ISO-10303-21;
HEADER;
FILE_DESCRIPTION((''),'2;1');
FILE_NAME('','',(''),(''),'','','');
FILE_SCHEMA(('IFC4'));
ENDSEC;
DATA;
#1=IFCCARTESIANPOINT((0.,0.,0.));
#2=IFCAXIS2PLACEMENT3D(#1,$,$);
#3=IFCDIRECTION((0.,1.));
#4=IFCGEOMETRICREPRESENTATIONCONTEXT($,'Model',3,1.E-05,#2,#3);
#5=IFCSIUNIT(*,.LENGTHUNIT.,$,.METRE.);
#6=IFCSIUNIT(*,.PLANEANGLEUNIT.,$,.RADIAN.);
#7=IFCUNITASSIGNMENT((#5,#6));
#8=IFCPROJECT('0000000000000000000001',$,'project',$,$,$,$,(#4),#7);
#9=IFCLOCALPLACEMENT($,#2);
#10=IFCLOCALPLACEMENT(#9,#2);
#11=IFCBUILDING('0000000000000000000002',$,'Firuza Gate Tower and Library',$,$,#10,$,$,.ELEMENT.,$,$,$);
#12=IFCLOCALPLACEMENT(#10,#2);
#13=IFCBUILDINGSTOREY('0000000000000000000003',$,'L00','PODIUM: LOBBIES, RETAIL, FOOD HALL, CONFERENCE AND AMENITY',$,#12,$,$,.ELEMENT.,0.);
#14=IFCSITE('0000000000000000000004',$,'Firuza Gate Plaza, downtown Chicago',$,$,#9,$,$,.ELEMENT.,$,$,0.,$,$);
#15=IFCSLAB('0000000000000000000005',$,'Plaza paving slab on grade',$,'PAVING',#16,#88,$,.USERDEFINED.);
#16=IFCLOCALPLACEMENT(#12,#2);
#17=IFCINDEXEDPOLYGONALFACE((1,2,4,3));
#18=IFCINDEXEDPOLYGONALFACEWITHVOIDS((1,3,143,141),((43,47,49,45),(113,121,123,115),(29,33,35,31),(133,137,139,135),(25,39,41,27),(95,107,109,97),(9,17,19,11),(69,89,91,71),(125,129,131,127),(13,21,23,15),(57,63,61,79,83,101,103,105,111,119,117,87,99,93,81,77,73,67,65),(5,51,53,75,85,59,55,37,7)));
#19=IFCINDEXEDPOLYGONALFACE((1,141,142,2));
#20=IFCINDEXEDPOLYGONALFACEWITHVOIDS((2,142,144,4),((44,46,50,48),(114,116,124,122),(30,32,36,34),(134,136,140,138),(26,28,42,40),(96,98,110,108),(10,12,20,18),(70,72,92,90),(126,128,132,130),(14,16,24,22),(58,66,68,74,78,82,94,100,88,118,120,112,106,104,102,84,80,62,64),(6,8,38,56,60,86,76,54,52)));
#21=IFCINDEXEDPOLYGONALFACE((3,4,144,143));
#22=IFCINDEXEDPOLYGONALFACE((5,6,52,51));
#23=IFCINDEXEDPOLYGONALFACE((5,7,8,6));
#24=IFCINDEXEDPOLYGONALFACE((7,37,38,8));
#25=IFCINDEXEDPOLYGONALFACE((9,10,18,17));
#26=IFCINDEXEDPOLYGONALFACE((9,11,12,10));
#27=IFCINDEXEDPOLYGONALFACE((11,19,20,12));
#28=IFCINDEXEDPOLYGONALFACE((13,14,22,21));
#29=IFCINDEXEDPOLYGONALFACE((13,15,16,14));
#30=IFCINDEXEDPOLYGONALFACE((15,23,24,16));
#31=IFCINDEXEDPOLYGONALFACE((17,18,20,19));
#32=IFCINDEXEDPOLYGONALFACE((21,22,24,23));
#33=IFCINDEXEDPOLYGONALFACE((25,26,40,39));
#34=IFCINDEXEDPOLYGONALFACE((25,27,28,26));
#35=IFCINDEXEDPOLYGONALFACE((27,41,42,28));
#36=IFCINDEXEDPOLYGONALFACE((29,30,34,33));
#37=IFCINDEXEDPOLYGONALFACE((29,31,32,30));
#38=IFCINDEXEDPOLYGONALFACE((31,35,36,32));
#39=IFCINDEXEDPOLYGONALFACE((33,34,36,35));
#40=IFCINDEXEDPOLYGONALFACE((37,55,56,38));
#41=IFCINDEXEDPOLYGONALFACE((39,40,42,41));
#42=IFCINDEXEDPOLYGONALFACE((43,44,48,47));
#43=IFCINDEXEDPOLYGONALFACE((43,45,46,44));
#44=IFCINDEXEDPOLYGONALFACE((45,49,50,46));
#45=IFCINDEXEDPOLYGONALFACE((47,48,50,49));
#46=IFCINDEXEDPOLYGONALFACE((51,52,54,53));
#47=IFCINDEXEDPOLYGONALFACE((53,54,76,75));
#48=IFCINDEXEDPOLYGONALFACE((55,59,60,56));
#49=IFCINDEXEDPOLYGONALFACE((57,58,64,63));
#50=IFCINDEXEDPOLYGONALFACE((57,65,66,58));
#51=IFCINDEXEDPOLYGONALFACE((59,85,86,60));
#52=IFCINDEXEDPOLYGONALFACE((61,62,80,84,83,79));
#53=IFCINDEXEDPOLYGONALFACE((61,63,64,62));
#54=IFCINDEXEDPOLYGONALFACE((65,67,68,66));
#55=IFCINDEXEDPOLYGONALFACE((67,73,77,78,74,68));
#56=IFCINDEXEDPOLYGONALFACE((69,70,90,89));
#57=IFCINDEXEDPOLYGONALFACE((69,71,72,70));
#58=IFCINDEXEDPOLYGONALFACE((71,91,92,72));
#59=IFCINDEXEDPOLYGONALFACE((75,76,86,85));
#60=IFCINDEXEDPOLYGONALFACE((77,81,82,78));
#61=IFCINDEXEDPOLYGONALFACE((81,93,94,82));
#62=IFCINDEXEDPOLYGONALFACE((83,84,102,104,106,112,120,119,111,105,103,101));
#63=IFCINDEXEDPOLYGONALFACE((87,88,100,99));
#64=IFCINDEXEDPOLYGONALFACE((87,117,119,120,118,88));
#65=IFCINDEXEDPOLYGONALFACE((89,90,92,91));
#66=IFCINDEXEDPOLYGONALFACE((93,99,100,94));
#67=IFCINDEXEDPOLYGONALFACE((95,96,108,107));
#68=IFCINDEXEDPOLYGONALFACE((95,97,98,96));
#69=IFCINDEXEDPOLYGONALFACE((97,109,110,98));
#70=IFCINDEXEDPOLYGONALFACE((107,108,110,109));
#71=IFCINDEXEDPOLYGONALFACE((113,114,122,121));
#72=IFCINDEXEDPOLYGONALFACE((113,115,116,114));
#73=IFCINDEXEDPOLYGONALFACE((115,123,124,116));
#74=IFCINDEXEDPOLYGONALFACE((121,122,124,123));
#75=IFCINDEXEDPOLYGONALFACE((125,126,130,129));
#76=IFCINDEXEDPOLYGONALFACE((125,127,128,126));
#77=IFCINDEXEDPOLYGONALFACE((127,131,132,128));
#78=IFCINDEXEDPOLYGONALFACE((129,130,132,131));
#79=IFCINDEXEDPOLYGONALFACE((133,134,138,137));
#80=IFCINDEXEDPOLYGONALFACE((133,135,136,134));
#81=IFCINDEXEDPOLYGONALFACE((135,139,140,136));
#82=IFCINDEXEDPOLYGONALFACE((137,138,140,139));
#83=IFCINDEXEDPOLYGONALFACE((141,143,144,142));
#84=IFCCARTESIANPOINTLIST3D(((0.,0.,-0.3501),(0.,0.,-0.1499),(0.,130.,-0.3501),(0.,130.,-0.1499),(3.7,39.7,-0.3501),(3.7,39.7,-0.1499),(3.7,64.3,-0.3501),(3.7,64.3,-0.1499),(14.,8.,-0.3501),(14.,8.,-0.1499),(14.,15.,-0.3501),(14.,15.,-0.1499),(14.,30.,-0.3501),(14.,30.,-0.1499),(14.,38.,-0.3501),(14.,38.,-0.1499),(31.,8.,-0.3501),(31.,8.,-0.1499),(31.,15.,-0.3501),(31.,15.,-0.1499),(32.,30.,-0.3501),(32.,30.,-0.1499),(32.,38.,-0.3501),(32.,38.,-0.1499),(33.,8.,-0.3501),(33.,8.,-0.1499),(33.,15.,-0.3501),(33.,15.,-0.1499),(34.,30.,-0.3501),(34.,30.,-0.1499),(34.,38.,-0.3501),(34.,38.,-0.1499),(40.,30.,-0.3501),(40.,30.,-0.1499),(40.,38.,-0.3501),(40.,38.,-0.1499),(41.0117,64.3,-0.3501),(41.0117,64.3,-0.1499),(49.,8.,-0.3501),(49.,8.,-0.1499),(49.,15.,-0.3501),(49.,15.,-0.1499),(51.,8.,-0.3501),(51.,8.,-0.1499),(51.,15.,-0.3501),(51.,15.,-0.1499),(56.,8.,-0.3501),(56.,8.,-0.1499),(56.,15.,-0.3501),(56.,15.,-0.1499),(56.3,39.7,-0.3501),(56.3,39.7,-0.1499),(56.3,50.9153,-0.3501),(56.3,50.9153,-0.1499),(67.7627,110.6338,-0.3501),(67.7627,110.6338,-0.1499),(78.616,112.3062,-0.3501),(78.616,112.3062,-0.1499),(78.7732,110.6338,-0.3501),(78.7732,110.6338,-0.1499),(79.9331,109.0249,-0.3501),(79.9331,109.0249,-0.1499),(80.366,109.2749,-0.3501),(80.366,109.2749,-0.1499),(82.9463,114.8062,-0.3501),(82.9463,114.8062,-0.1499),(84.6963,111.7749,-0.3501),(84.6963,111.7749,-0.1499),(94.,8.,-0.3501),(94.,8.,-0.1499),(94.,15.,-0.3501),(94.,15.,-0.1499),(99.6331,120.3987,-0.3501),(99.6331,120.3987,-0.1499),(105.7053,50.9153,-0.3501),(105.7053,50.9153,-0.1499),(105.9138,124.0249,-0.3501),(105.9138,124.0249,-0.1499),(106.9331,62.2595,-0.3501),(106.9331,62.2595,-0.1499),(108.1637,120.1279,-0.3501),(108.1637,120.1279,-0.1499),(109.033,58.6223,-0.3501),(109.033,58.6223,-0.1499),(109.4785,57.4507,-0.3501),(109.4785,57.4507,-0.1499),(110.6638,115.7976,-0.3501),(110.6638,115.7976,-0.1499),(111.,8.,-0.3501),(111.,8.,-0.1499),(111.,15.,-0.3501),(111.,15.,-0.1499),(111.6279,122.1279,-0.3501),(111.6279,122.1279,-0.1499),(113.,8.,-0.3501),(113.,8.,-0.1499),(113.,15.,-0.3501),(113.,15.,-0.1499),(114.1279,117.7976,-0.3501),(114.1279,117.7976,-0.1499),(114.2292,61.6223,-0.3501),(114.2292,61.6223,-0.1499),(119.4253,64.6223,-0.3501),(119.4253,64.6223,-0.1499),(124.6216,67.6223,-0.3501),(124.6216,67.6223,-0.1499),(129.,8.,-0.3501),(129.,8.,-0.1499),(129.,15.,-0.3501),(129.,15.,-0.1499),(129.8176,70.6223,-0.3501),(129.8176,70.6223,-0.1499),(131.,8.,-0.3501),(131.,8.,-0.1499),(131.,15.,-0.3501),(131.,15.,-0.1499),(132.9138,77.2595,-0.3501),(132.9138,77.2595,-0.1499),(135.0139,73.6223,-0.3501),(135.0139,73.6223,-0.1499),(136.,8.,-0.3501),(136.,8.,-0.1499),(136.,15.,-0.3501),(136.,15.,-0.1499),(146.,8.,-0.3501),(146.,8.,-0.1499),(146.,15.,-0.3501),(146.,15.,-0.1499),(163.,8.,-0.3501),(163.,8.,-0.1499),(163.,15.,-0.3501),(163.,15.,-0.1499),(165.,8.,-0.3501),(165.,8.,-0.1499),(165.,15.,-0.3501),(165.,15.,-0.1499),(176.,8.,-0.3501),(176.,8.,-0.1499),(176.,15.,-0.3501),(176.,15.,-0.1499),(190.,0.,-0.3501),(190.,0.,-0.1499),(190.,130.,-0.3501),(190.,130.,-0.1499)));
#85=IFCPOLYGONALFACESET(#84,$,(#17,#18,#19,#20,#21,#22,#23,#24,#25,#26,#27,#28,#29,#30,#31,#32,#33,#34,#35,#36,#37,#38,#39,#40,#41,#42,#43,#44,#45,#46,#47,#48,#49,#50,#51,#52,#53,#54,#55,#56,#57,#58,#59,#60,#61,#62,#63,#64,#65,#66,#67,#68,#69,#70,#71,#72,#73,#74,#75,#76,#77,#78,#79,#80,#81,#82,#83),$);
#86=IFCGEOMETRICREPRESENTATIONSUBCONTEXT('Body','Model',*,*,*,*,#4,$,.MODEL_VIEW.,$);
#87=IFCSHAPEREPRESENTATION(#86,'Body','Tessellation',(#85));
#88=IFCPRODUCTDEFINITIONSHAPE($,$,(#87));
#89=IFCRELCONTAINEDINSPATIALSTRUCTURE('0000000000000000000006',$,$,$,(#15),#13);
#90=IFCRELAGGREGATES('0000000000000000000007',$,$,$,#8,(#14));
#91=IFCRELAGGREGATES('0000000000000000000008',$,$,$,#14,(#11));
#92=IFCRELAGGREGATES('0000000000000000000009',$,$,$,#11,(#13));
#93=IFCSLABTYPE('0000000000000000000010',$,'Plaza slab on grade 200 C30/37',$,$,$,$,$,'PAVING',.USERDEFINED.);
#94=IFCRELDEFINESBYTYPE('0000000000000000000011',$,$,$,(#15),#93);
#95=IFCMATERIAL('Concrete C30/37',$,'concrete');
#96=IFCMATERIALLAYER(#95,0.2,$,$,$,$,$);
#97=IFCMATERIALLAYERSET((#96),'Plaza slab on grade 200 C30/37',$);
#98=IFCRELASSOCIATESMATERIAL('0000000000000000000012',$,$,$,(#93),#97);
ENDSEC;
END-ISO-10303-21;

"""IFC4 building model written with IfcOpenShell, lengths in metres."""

from ifc_helpers import new_model, si_unit, direction, frame, origin, place, context, subcontext, project, spatial, polyline, outline, extrude, material, layer, layer_set, type_object, element, save


model = new_model("IFC4")

# Units and contexts
model_context = context("Model", 3, precision=1e-05, world=origin(), true_north=direction((0.0, 1.0)))
body_context = subcontext(model_context, "Body", "Model", "MODEL_VIEW")
ifc_project = project(units=[si_unit("LENGTHUNIT", "METRE"), si_unit("PLANEANGLEUNIT", "RADIAN")], contexts=[model_context])

# Site, building, storey
site_placement = place(None, origin())
site = spatial("IfcSite", under=ifc_project, at=site_placement, Name="Firuza Gate Plaza, downtown Chicago", CompositionType="ELEMENT", RefElevation=0.0)
building_placement = place(site_placement, origin())
building = spatial("IfcBuilding", under=site, at=building_placement, Name="Firuza Gate Tower and Library", CompositionType="ELEMENT")
storey_placement = place(building_placement, origin())
storey = spatial("IfcBuildingStorey", under=building, at=storey_placement, Name="L00", Description="PODIUM: LOBBIES, RETAIL, FOOD HALL, CONFERENCE AND AMENITY", CompositionType="ELEMENT", Elevation=0.0)

# Slab
ifc_material_1 = material(Name="Concrete C30/37", Category="concrete")
ifc_layer_1 = layer(ifc_material_1, 0.2)
ifc_layer_set_1 = layer_set([ifc_layer_1], Name="Plaza slab on grade 200 C30/37")
slab_type_1 = type_object("IfcSlabType", Name="Plaza slab on grade 200 C30/37", ElementType="PAVING", PredefinedType="USERDEFINED", material=ifc_layer_set_1)
slab_1_placement = place(storey_placement, frame((0.0, 0.0, -0.3501)))
element("IfcSlab", 1, at=slab_1_placement, inside=storey, type_object=slab_type_1, Name="Plaza paving slab on grade", ObjectType="PAVING", PredefinedType="USERDEFINED", context=body_context, shape_type="SweptSolid", body=[
    extrude(outline(polyline([(190.0, 0.0), (0.0, 0.0), (0.0, 130.0), (190.0, 130.0), (190.0, 0.0)]), holes=[polyline([(124.6216, 67.6223), (129.8176, 70.6223), (135.0139, 73.6223), (132.9138, 77.2595), (110.6638, 115.7976), (114.1279, 117.7976), (111.6279, 122.1279), (108.1638, 120.1279), (108.7559, 119.1023), (105.9138, 124.0249), (105.9138, 124.0249), (105.9138, 124.0249), (99.6331, 120.3987), (84.6963, 111.7749), (82.9463, 114.8062), (78.616, 112.3062), (80.366, 109.2749), (81.2319, 109.7749), (79.9331, 109.0249), (106.9331, 62.2595), (109.033, 58.6223), (114.2292, 61.6223), (119.4253, 64.6223), (124.6216, 67.6223)]), polyline([(78.7732, 110.6338), (67.7627, 110.6338), (41.0117, 64.3), (3.7, 64.3), (3.7, 39.7), (56.3, 39.7), (56.3, 50.9153), (105.7053, 50.9153), (109.4785, 57.4507), (78.7732, 110.6338)]), polyline([(14.0, 8.0), (31.0, 8.0), (31.0, 15.0), (14.0, 15.0), (14.0, 8.0)]), polyline([(33.0, 8.0), (49.0, 8.0), (49.0, 15.0), (33.0, 15.0), (33.0, 8.0)]), polyline([(51.0, 8.0), (56.0, 8.0), (56.0, 15.0), (51.0, 15.0), (51.0, 8.0)]), polyline([(94.0, 15.0), (94.0, 8.0), (111.0, 8.0), (111.0, 15.0), (94.0, 15.0)]), polyline([(113.0, 15.0), (113.0, 8.0), (129.0, 8.0), (129.0, 15.0), (113.0, 15.0)]), polyline([(131.0, 8.0), (136.0, 8.0), (136.0, 15.0), (131.0, 15.0), (131.0, 8.0)]), polyline([(146.0, 8.0), (163.0, 8.0), (163.0, 15.0), (146.0, 15.0), (146.0, 8.0)]), polyline([(165.0, 8.0), (176.0, 8.0), (176.0, 15.0), (165.0, 15.0), (165.0, 8.0)]), polyline([(14.0, 38.0), (14.0, 30.0), (32.0, 30.0), (32.0, 38.0), (14.0, 38.0)]), polyline([(34.0, 38.0), (34.0, 30.0), (40.0, 30.0), (40.0, 38.0), (34.0, 38.0)])]), origin(), (0.0, 0.0, 1.0), 0.2002),
])

save(model, "model.ifc")
